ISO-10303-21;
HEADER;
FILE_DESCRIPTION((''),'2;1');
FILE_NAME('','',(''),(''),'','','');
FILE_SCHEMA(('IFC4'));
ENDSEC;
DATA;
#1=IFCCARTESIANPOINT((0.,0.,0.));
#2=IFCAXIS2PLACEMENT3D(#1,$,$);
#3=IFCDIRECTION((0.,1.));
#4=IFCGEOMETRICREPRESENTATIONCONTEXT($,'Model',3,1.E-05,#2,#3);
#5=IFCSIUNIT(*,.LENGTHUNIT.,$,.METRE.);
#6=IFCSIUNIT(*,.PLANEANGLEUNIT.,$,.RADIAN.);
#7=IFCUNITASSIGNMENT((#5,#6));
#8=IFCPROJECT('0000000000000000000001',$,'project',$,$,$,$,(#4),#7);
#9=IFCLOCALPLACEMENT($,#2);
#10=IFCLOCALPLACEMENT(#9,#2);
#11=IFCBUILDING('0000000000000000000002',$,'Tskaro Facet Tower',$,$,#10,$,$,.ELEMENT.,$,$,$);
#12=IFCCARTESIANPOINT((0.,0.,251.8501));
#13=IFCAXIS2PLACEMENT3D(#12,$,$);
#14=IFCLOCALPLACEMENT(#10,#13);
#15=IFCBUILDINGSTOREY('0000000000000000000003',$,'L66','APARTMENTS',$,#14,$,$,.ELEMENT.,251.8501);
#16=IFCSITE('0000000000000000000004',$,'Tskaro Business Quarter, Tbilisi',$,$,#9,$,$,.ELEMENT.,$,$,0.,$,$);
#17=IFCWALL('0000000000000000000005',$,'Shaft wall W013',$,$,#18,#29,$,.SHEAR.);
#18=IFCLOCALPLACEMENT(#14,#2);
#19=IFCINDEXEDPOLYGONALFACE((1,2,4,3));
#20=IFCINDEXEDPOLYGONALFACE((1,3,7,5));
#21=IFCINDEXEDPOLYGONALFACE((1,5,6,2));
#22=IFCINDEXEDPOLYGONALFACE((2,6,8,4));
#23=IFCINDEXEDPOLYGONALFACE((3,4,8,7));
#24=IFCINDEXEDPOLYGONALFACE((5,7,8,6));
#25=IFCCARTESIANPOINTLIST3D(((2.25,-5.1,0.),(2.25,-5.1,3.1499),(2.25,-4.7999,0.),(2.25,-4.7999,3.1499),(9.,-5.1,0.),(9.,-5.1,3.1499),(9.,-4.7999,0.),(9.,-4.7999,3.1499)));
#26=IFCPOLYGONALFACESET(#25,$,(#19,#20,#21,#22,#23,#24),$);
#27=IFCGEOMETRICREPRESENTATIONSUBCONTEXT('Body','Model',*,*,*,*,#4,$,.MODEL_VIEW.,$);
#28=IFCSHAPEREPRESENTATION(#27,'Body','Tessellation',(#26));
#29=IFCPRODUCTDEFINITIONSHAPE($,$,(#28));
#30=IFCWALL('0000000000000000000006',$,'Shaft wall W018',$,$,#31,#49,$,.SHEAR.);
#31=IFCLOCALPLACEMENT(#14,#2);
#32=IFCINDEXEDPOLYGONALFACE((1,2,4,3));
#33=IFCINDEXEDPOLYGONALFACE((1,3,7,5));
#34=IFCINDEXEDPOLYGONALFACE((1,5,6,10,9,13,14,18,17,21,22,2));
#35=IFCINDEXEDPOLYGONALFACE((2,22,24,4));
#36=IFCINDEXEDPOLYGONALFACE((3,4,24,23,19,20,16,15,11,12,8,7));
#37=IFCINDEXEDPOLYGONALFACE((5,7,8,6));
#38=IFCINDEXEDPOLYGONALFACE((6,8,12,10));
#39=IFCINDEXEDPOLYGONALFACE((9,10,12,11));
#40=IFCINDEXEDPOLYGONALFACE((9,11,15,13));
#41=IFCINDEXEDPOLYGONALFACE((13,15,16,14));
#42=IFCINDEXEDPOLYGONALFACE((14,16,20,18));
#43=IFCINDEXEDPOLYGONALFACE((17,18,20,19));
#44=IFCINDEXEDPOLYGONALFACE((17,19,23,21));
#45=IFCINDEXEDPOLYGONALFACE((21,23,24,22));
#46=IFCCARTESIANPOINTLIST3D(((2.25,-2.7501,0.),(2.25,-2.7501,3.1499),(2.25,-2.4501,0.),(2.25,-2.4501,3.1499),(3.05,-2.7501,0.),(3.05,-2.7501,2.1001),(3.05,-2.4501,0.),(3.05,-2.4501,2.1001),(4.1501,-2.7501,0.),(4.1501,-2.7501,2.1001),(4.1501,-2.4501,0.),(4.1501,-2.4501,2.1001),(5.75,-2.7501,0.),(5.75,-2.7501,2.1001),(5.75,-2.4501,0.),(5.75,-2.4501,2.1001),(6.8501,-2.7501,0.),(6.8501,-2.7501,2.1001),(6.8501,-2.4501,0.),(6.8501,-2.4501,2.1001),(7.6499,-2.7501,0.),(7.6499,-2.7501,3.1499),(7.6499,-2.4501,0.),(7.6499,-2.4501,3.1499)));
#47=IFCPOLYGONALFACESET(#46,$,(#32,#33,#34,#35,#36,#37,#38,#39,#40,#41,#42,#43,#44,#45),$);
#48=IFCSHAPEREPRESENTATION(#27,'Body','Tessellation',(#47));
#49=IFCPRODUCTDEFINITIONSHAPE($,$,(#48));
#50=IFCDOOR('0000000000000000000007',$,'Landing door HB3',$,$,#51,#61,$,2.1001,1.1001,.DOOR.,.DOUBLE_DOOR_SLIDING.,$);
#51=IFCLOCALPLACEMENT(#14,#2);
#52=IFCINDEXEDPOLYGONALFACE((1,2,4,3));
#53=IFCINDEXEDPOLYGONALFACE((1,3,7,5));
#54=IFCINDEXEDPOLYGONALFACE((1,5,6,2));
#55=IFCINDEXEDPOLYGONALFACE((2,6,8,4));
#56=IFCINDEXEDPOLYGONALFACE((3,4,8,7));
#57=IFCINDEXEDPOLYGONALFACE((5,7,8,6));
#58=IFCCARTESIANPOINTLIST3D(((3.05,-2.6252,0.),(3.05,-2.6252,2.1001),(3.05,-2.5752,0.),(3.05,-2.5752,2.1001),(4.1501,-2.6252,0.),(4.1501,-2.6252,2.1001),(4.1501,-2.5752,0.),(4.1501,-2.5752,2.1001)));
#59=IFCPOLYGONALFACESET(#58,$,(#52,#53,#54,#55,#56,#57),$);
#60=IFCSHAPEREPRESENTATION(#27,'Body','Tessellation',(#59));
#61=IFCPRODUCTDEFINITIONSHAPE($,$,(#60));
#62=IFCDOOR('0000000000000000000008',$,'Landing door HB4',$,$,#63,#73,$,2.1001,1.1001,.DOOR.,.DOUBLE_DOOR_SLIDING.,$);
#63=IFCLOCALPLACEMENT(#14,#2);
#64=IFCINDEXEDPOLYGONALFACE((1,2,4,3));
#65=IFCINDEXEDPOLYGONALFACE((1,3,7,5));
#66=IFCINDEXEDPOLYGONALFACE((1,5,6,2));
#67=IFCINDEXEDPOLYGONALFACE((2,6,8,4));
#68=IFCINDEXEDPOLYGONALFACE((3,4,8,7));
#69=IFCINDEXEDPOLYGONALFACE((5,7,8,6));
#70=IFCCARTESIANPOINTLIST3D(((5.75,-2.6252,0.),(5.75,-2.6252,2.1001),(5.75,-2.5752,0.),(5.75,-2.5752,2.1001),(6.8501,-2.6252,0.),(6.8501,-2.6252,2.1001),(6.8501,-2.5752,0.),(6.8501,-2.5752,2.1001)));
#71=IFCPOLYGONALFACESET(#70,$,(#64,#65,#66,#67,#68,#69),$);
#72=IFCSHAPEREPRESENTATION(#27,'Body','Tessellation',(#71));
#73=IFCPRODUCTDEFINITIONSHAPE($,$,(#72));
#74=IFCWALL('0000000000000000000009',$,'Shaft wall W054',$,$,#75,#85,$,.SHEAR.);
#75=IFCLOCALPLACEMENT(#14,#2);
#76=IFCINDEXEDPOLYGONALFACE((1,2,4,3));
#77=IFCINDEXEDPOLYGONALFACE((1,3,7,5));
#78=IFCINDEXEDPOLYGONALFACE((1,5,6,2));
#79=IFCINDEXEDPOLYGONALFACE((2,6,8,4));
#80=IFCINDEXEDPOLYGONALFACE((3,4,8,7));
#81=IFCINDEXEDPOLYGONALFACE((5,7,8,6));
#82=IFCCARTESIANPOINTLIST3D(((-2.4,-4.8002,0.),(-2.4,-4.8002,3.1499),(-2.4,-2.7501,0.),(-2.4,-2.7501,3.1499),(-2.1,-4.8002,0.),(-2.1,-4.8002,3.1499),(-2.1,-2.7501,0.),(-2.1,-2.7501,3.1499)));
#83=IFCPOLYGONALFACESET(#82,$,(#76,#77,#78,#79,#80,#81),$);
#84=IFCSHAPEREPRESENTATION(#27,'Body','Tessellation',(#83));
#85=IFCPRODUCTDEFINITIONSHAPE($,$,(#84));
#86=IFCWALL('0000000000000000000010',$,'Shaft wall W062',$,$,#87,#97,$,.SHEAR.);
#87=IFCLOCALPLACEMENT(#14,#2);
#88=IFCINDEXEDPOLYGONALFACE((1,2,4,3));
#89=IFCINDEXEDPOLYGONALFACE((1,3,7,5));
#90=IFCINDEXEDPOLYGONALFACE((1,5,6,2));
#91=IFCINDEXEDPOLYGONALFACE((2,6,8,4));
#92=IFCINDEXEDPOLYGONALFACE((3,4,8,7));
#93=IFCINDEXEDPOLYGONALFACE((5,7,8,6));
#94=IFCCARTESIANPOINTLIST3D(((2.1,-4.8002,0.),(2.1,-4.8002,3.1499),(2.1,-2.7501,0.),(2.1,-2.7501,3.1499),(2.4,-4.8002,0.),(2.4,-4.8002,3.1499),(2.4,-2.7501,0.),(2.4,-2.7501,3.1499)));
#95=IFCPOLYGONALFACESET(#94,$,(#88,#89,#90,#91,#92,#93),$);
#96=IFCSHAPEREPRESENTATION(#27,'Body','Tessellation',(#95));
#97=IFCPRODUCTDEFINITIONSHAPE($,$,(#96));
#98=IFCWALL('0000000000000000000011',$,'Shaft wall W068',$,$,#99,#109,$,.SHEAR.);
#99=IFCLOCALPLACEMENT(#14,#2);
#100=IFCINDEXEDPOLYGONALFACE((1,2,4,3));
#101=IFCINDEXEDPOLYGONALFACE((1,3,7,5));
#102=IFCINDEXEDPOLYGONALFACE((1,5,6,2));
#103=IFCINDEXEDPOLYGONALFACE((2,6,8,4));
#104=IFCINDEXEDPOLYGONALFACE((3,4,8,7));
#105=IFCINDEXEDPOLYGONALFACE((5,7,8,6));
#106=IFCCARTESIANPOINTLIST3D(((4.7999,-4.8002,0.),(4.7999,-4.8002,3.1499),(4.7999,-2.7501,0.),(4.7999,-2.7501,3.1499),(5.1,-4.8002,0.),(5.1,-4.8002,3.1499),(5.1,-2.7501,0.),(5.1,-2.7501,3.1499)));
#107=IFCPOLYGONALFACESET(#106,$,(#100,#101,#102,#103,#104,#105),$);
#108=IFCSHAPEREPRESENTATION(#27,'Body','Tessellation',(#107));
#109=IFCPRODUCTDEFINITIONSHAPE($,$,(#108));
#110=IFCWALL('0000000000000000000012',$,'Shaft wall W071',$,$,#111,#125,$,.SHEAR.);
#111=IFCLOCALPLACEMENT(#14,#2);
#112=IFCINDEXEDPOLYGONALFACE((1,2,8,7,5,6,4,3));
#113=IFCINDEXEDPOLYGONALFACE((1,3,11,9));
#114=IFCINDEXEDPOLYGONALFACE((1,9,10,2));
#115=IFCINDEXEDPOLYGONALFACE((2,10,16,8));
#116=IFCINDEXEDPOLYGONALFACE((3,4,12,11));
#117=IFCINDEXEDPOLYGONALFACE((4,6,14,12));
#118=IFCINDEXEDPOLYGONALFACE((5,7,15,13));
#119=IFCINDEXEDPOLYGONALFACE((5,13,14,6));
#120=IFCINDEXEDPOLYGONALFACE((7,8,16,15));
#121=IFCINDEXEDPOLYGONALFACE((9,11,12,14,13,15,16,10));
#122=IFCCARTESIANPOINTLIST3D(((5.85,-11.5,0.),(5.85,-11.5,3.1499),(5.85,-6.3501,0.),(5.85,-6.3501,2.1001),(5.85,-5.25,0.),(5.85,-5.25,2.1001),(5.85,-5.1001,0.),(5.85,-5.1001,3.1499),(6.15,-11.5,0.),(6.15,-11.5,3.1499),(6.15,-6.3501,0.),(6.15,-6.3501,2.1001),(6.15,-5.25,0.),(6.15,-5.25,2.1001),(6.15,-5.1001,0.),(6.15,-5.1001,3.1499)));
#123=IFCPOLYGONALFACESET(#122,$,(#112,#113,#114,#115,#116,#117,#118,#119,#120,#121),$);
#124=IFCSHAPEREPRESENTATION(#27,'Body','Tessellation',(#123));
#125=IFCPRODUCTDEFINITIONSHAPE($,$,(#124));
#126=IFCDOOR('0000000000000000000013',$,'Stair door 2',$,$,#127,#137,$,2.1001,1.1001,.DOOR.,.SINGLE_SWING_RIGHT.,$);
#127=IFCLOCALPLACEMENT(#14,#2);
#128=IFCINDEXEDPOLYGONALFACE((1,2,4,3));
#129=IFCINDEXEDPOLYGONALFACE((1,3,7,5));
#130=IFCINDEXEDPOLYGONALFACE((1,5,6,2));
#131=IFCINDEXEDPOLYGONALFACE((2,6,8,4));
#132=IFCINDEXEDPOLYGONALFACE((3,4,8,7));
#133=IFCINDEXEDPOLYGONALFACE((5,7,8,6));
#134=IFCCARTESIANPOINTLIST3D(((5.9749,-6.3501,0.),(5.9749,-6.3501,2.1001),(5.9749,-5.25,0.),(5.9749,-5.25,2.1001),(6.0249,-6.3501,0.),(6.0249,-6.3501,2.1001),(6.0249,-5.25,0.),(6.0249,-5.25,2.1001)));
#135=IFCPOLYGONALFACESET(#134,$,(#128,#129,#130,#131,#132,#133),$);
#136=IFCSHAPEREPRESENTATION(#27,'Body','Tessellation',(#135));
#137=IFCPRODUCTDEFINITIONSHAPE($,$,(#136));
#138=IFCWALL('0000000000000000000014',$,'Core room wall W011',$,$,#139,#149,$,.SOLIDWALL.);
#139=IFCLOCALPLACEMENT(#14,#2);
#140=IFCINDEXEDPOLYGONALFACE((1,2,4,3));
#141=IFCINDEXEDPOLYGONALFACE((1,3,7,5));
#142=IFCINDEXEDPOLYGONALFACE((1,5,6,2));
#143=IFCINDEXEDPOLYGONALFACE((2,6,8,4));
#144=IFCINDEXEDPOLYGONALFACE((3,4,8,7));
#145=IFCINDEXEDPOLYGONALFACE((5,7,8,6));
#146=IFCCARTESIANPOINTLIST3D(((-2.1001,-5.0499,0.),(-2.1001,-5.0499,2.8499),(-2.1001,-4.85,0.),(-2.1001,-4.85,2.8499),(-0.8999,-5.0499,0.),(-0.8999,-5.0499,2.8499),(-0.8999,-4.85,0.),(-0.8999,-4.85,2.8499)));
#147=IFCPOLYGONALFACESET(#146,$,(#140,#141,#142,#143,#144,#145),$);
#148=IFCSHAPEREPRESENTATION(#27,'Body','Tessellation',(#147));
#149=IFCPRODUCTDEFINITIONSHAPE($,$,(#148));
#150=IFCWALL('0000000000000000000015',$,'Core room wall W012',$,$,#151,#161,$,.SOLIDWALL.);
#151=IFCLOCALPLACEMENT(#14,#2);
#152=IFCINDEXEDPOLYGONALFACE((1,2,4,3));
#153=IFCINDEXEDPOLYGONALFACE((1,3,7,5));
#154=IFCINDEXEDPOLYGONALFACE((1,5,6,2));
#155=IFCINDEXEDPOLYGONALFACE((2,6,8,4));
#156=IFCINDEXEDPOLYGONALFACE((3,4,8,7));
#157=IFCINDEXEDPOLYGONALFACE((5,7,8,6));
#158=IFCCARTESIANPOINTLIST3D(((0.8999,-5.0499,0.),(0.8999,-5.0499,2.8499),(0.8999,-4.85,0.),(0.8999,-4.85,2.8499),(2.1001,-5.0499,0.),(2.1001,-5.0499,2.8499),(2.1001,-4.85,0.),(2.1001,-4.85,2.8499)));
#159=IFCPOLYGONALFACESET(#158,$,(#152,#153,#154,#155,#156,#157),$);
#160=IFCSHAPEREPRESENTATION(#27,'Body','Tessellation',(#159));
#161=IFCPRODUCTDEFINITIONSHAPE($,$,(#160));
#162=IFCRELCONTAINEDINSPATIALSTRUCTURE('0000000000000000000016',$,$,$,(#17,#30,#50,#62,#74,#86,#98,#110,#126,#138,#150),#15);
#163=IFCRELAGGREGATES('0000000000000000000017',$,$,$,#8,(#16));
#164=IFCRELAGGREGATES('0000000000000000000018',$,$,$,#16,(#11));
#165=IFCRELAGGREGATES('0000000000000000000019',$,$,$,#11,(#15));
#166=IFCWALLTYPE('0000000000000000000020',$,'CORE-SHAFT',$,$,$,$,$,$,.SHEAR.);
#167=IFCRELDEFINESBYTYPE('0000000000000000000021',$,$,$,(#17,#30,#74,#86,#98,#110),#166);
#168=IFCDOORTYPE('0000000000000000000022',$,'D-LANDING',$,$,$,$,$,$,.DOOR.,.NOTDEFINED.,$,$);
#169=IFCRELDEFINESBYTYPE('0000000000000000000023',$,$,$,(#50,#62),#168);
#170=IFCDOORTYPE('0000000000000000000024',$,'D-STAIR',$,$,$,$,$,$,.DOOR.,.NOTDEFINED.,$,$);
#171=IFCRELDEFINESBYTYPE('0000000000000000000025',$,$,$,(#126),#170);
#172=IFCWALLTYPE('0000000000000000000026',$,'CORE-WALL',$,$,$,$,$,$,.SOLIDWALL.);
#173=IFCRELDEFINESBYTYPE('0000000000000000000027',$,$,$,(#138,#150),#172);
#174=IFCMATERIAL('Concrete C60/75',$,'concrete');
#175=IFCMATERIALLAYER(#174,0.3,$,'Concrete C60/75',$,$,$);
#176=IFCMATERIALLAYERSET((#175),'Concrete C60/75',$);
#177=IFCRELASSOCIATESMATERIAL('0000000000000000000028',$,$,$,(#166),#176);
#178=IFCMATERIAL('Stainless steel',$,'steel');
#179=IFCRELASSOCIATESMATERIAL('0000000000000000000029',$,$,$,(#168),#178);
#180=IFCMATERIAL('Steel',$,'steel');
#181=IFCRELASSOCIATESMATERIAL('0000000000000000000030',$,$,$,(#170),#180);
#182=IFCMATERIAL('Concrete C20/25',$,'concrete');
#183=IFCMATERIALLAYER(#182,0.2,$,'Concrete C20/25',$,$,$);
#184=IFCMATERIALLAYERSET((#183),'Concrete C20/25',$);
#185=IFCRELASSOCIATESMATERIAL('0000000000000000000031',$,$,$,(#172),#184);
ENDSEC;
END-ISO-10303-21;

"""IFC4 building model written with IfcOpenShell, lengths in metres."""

from ifc_helpers import new_model, si_unit, direction, frame, frame_2d, origin, place, context, subcontext, project, spatial, rectangle, extrude, material, layer, layer_set, type_object, element, fill, save


model = new_model("IFC4")

# Units and contexts
model_context = context("Model", 3, precision=1e-05, world=origin(), true_north=direction((0.0, 1.0)))
body_context = subcontext(model_context, "Body", "Model", "MODEL_VIEW")
ifc_project = project(units=[si_unit("LENGTHUNIT", "METRE"), si_unit("PLANEANGLEUNIT", "RADIAN")], contexts=[model_context])

# Site, building, storey
site_placement = place(None, origin())
site = spatial("IfcSite", under=ifc_project, at=site_placement, Name="Tskaro Business Quarter, Tbilisi", CompositionType="ELEMENT", RefElevation=0.0)
building_placement = place(site_placement, origin())
building = spatial("IfcBuilding", under=site, at=building_placement, Name="Tskaro Facet Tower", CompositionType="ELEMENT")
storey_placement = place(building_placement, frame((0.0, 0.0, 251.8501)))
storey = spatial("IfcBuildingStorey", under=building, at=storey_placement, Name="L66", Description="APARTMENTS", CompositionType="ELEMENT", Elevation=251.8501)

# Wall
ifc_material_1 = material(Name="Concrete C60/75", Category="concrete")
ifc_layer_1 = layer(ifc_material_1, 0.3, Name="Concrete C60/75")
ifc_layer_set_1 = layer_set([ifc_layer_1], Name="Concrete C60/75")
wall_type_1 = type_object("IfcWallType", Name="CORE-SHAFT", PredefinedType="SHEAR", material=ifc_layer_set_1)
wall_1_placement = place(storey_placement, frame((2.25, -4.95, 0.0), z_axis=(0.0, 0.0, 1.0), x_axis=(1.0, 0.0, 0.0)))
element("IfcWall", 1, at=wall_1_placement, inside=storey, type_object=wall_type_1, Name="Shaft wall W013", PredefinedType="SHEAR", context=body_context, shape_type="SweptSolid", body=[
    extrude(rectangle(XDim=6.75, YDim=0.3, at=frame_2d((3.375, 0.0))), origin(), (0.0, 0.0, 1.0), 3.1499),
])

# Wall, openings, doors
wall_2_placement = place(storey_placement, frame((2.25, -2.6001, 0.0), z_axis=(0.0, 0.0, 1.0), x_axis=(1.0, 0.0, 0.0)))
wall_2 = element("IfcWall", 2, at=wall_2_placement, inside=storey, type_object=wall_type_1, Name="Shaft wall W018", PredefinedType="SHEAR", context=body_context, shape_type="SweptSolid", body=[
    extrude(rectangle(XDim=5.3999, YDim=0.3, at=frame_2d((2.7, 0.0))), origin(), (0.0, 0.0, 1.0), 3.1499),
])
opening_1_placement = place(wall_2_placement, frame((0.8, 0.0, 0.0)))
opening_1 = element("IfcOpeningElement", 3, at=opening_1_placement, cuts=wall_2, PredefinedType="OPENING", context=body_context, shape_type="SweptSolid", body=[
    extrude(rectangle(XDim=1.1001, YDim=2.1001, at=frame_2d((0.55, 1.05))), frame((0.0, 0.1599, 0.0), z_axis=(0.0, -1.0, 0.0), x_axis=(1.0, 0.0, 0.0)), (0.0, 0.0, 1.0), 0.3201),
])
opening_2_placement = place(wall_2_placement, frame((3.5, 0.0, 0.0)))
opening_2 = element("IfcOpeningElement", 4, at=opening_2_placement, cuts=wall_2, PredefinedType="OPENING", context=body_context, shape_type="SweptSolid", body=[
    extrude(rectangle(XDim=1.1001, YDim=2.1001, at=frame_2d((0.55, 1.05))), frame((0.0, 0.1599, 0.0), z_axis=(0.0, -1.0, 0.0), x_axis=(1.0, 0.0, 0.0)), (0.0, 0.0, 1.0), 0.3201),
])
ifc_material_2 = material(Name="Stainless steel", Category="steel")
door_type_1 = type_object("IfcDoorType", Name="D-LANDING", OperationType="NOTDEFINED", PredefinedType="DOOR", material=ifc_material_2)
door_1_placement = place(opening_1_placement, origin())
door_1 = element("IfcDoor", 5, at=door_1_placement, inside=storey, type_object=door_type_1, Name="Landing door HB3", OperationType="DOUBLE_DOOR_SLIDING", OverallHeight=2.1001, OverallWidth=1.1001, PredefinedType="DOOR", context=body_context, shape_type="SweptSolid", body=[
    extrude(rectangle(XDim=1.1001, YDim=2.1001, at=frame_2d((0.55, 1.05))), frame((0.0, 0.0249, 0.0), z_axis=(0.0, -1.0, 0.0), x_axis=(1.0, 0.0, 0.0)), (0.0, 0.0, 1.0), 0.05),
])
fill(opening_1, door_1)
door_2_placement = place(opening_2_placement, origin())
door_2 = element("IfcDoor", 6, at=door_2_placement, inside=storey, type_object=door_type_1, Name="Landing door HB4", OperationType="DOUBLE_DOOR_SLIDING", OverallHeight=2.1001, OverallWidth=1.1001, PredefinedType="DOOR", context=body_context, shape_type="SweptSolid", body=[
    extrude(rectangle(XDim=1.1001, YDim=2.1001, at=frame_2d((0.55, 1.05))), frame((0.0, 0.0249, 0.0), z_axis=(0.0, -1.0, 0.0), x_axis=(1.0, 0.0, 0.0)), (0.0, 0.0, 1.0), 0.05),
])
fill(opening_2, door_2)

# Walls
for number, where, z_axis, x_axis, name in (
    (7, (-2.25, -4.8, 0.0), (0.0, 0.0, 1.0), (0.0, 1.0, 0.0), "Shaft wall W054"),
    (8, (2.25, -4.8, 0.0), (0.0, 0.0, 1.0), (0.0, 1.0, 0.0), "Shaft wall W062"),
    (9, (4.95, -4.8, 0.0), (0.0, 0.0, 1.0), (0.0, 1.0, 0.0), "Shaft wall W068"),
):
    element("IfcWall", number, at=place(storey_placement, frame(where, z_axis=z_axis, x_axis=x_axis)), inside=storey, type_object=wall_type_1, Name=name, PredefinedType="SHEAR", context=body_context, shape_type="SweptSolid", body=[
        extrude(rectangle(XDim=2.05, YDim=0.3, at=frame_2d((1.0249, 0.0))), origin(), (0.0, 0.0, 1.0), 3.1499),
    ])

# Wall, opening, door
wall_3_placement = place(storey_placement, frame((6.0, -5.1001, 0.0), z_axis=(0.0, 0.0, 1.0), x_axis=(0.0, -1.0, 0.0)))
wall_3 = element("IfcWall", 10, at=wall_3_placement, inside=storey, type_object=wall_type_1, Name="Shaft wall W071", PredefinedType="SHEAR", context=body_context, shape_type="SweptSolid", body=[
    extrude(rectangle(XDim=6.3999, YDim=0.3, at=frame_2d((3.2, 0.0))), origin(), (0.0, 0.0, 1.0), 3.1499),
])
opening_3_placement = place(wall_3_placement, frame((0.1499, 0.0, 0.0)))
opening_3 = element("IfcOpeningElement", 11, at=opening_3_placement, cuts=wall_3, PredefinedType="OPENING", context=body_context, shape_type="SweptSolid", body=[
    extrude(rectangle(XDim=1.1001, YDim=2.1001, at=frame_2d((0.55, 1.05))), frame((0.0, 0.1599, 0.0), z_axis=(0.0, -1.0, 0.0), x_axis=(1.0, 0.0, 0.0)), (0.0, 0.0, 1.0), 0.3201),
])
ifc_material_3 = material(Name="Steel", Category="steel")
door_type_2 = type_object("IfcDoorType", Name="D-STAIR", OperationType="NOTDEFINED", PredefinedType="DOOR", material=ifc_material_3)
door_3_placement = place(opening_3_placement, origin())
door_3 = element("IfcDoor", 12, at=door_3_placement, inside=storey, type_object=door_type_2, Name="Stair door 2", OperationType="SINGLE_SWING_RIGHT", OverallHeight=2.1001, OverallWidth=1.1001, PredefinedType="DOOR", context=body_context, shape_type="SweptSolid", body=[
    extrude(rectangle(XDim=1.1001, YDim=2.1001, at=frame_2d((0.55, 1.05))), frame((0.0, 0.0249, 0.0), z_axis=(0.0, -1.0, 0.0), x_axis=(1.0, 0.0, 0.0)), (0.0, 0.0, 1.0), 0.05),
])
fill(opening_3, door_3)

# Walls
ifc_material_4 = material(Name="Concrete C20/25", Category="concrete")
ifc_layer_2 = layer(ifc_material_4, 0.2, Name="Concrete C20/25")
ifc_layer_set_2 = layer_set([ifc_layer_2], Name="Concrete C20/25")
wall_type_2 = type_object("IfcWallType", Name="CORE-WALL", PredefinedType="SOLIDWALL", material=ifc_layer_set_2)
for number, where, z_axis, x_axis, name in (
    (13, (-2.1001, -4.95, 0.0), (0.0, 0.0, 1.0), (1.0, 0.0, 0.0), "Core room wall W011"),
    (14, (0.8999, -4.95, 0.0), (0.0, 0.0, 1.0), (1.0, 0.0, 0.0), "Core room wall W012"),
):
    element("IfcWall", number, at=place(storey_placement, frame(where, z_axis=z_axis, x_axis=x_axis)), inside=storey, type_object=wall_type_2, Name=name, PredefinedType="SOLIDWALL", context=body_context, shape_type="SweptSolid", body=[
        extrude(rectangle(XDim=1.2002, YDim=0.2, at=frame_2d((0.6001, 0.0))), origin(), (0.0, 0.0, 1.0), 2.8499),
    ])

save(model, "model.ifc")
